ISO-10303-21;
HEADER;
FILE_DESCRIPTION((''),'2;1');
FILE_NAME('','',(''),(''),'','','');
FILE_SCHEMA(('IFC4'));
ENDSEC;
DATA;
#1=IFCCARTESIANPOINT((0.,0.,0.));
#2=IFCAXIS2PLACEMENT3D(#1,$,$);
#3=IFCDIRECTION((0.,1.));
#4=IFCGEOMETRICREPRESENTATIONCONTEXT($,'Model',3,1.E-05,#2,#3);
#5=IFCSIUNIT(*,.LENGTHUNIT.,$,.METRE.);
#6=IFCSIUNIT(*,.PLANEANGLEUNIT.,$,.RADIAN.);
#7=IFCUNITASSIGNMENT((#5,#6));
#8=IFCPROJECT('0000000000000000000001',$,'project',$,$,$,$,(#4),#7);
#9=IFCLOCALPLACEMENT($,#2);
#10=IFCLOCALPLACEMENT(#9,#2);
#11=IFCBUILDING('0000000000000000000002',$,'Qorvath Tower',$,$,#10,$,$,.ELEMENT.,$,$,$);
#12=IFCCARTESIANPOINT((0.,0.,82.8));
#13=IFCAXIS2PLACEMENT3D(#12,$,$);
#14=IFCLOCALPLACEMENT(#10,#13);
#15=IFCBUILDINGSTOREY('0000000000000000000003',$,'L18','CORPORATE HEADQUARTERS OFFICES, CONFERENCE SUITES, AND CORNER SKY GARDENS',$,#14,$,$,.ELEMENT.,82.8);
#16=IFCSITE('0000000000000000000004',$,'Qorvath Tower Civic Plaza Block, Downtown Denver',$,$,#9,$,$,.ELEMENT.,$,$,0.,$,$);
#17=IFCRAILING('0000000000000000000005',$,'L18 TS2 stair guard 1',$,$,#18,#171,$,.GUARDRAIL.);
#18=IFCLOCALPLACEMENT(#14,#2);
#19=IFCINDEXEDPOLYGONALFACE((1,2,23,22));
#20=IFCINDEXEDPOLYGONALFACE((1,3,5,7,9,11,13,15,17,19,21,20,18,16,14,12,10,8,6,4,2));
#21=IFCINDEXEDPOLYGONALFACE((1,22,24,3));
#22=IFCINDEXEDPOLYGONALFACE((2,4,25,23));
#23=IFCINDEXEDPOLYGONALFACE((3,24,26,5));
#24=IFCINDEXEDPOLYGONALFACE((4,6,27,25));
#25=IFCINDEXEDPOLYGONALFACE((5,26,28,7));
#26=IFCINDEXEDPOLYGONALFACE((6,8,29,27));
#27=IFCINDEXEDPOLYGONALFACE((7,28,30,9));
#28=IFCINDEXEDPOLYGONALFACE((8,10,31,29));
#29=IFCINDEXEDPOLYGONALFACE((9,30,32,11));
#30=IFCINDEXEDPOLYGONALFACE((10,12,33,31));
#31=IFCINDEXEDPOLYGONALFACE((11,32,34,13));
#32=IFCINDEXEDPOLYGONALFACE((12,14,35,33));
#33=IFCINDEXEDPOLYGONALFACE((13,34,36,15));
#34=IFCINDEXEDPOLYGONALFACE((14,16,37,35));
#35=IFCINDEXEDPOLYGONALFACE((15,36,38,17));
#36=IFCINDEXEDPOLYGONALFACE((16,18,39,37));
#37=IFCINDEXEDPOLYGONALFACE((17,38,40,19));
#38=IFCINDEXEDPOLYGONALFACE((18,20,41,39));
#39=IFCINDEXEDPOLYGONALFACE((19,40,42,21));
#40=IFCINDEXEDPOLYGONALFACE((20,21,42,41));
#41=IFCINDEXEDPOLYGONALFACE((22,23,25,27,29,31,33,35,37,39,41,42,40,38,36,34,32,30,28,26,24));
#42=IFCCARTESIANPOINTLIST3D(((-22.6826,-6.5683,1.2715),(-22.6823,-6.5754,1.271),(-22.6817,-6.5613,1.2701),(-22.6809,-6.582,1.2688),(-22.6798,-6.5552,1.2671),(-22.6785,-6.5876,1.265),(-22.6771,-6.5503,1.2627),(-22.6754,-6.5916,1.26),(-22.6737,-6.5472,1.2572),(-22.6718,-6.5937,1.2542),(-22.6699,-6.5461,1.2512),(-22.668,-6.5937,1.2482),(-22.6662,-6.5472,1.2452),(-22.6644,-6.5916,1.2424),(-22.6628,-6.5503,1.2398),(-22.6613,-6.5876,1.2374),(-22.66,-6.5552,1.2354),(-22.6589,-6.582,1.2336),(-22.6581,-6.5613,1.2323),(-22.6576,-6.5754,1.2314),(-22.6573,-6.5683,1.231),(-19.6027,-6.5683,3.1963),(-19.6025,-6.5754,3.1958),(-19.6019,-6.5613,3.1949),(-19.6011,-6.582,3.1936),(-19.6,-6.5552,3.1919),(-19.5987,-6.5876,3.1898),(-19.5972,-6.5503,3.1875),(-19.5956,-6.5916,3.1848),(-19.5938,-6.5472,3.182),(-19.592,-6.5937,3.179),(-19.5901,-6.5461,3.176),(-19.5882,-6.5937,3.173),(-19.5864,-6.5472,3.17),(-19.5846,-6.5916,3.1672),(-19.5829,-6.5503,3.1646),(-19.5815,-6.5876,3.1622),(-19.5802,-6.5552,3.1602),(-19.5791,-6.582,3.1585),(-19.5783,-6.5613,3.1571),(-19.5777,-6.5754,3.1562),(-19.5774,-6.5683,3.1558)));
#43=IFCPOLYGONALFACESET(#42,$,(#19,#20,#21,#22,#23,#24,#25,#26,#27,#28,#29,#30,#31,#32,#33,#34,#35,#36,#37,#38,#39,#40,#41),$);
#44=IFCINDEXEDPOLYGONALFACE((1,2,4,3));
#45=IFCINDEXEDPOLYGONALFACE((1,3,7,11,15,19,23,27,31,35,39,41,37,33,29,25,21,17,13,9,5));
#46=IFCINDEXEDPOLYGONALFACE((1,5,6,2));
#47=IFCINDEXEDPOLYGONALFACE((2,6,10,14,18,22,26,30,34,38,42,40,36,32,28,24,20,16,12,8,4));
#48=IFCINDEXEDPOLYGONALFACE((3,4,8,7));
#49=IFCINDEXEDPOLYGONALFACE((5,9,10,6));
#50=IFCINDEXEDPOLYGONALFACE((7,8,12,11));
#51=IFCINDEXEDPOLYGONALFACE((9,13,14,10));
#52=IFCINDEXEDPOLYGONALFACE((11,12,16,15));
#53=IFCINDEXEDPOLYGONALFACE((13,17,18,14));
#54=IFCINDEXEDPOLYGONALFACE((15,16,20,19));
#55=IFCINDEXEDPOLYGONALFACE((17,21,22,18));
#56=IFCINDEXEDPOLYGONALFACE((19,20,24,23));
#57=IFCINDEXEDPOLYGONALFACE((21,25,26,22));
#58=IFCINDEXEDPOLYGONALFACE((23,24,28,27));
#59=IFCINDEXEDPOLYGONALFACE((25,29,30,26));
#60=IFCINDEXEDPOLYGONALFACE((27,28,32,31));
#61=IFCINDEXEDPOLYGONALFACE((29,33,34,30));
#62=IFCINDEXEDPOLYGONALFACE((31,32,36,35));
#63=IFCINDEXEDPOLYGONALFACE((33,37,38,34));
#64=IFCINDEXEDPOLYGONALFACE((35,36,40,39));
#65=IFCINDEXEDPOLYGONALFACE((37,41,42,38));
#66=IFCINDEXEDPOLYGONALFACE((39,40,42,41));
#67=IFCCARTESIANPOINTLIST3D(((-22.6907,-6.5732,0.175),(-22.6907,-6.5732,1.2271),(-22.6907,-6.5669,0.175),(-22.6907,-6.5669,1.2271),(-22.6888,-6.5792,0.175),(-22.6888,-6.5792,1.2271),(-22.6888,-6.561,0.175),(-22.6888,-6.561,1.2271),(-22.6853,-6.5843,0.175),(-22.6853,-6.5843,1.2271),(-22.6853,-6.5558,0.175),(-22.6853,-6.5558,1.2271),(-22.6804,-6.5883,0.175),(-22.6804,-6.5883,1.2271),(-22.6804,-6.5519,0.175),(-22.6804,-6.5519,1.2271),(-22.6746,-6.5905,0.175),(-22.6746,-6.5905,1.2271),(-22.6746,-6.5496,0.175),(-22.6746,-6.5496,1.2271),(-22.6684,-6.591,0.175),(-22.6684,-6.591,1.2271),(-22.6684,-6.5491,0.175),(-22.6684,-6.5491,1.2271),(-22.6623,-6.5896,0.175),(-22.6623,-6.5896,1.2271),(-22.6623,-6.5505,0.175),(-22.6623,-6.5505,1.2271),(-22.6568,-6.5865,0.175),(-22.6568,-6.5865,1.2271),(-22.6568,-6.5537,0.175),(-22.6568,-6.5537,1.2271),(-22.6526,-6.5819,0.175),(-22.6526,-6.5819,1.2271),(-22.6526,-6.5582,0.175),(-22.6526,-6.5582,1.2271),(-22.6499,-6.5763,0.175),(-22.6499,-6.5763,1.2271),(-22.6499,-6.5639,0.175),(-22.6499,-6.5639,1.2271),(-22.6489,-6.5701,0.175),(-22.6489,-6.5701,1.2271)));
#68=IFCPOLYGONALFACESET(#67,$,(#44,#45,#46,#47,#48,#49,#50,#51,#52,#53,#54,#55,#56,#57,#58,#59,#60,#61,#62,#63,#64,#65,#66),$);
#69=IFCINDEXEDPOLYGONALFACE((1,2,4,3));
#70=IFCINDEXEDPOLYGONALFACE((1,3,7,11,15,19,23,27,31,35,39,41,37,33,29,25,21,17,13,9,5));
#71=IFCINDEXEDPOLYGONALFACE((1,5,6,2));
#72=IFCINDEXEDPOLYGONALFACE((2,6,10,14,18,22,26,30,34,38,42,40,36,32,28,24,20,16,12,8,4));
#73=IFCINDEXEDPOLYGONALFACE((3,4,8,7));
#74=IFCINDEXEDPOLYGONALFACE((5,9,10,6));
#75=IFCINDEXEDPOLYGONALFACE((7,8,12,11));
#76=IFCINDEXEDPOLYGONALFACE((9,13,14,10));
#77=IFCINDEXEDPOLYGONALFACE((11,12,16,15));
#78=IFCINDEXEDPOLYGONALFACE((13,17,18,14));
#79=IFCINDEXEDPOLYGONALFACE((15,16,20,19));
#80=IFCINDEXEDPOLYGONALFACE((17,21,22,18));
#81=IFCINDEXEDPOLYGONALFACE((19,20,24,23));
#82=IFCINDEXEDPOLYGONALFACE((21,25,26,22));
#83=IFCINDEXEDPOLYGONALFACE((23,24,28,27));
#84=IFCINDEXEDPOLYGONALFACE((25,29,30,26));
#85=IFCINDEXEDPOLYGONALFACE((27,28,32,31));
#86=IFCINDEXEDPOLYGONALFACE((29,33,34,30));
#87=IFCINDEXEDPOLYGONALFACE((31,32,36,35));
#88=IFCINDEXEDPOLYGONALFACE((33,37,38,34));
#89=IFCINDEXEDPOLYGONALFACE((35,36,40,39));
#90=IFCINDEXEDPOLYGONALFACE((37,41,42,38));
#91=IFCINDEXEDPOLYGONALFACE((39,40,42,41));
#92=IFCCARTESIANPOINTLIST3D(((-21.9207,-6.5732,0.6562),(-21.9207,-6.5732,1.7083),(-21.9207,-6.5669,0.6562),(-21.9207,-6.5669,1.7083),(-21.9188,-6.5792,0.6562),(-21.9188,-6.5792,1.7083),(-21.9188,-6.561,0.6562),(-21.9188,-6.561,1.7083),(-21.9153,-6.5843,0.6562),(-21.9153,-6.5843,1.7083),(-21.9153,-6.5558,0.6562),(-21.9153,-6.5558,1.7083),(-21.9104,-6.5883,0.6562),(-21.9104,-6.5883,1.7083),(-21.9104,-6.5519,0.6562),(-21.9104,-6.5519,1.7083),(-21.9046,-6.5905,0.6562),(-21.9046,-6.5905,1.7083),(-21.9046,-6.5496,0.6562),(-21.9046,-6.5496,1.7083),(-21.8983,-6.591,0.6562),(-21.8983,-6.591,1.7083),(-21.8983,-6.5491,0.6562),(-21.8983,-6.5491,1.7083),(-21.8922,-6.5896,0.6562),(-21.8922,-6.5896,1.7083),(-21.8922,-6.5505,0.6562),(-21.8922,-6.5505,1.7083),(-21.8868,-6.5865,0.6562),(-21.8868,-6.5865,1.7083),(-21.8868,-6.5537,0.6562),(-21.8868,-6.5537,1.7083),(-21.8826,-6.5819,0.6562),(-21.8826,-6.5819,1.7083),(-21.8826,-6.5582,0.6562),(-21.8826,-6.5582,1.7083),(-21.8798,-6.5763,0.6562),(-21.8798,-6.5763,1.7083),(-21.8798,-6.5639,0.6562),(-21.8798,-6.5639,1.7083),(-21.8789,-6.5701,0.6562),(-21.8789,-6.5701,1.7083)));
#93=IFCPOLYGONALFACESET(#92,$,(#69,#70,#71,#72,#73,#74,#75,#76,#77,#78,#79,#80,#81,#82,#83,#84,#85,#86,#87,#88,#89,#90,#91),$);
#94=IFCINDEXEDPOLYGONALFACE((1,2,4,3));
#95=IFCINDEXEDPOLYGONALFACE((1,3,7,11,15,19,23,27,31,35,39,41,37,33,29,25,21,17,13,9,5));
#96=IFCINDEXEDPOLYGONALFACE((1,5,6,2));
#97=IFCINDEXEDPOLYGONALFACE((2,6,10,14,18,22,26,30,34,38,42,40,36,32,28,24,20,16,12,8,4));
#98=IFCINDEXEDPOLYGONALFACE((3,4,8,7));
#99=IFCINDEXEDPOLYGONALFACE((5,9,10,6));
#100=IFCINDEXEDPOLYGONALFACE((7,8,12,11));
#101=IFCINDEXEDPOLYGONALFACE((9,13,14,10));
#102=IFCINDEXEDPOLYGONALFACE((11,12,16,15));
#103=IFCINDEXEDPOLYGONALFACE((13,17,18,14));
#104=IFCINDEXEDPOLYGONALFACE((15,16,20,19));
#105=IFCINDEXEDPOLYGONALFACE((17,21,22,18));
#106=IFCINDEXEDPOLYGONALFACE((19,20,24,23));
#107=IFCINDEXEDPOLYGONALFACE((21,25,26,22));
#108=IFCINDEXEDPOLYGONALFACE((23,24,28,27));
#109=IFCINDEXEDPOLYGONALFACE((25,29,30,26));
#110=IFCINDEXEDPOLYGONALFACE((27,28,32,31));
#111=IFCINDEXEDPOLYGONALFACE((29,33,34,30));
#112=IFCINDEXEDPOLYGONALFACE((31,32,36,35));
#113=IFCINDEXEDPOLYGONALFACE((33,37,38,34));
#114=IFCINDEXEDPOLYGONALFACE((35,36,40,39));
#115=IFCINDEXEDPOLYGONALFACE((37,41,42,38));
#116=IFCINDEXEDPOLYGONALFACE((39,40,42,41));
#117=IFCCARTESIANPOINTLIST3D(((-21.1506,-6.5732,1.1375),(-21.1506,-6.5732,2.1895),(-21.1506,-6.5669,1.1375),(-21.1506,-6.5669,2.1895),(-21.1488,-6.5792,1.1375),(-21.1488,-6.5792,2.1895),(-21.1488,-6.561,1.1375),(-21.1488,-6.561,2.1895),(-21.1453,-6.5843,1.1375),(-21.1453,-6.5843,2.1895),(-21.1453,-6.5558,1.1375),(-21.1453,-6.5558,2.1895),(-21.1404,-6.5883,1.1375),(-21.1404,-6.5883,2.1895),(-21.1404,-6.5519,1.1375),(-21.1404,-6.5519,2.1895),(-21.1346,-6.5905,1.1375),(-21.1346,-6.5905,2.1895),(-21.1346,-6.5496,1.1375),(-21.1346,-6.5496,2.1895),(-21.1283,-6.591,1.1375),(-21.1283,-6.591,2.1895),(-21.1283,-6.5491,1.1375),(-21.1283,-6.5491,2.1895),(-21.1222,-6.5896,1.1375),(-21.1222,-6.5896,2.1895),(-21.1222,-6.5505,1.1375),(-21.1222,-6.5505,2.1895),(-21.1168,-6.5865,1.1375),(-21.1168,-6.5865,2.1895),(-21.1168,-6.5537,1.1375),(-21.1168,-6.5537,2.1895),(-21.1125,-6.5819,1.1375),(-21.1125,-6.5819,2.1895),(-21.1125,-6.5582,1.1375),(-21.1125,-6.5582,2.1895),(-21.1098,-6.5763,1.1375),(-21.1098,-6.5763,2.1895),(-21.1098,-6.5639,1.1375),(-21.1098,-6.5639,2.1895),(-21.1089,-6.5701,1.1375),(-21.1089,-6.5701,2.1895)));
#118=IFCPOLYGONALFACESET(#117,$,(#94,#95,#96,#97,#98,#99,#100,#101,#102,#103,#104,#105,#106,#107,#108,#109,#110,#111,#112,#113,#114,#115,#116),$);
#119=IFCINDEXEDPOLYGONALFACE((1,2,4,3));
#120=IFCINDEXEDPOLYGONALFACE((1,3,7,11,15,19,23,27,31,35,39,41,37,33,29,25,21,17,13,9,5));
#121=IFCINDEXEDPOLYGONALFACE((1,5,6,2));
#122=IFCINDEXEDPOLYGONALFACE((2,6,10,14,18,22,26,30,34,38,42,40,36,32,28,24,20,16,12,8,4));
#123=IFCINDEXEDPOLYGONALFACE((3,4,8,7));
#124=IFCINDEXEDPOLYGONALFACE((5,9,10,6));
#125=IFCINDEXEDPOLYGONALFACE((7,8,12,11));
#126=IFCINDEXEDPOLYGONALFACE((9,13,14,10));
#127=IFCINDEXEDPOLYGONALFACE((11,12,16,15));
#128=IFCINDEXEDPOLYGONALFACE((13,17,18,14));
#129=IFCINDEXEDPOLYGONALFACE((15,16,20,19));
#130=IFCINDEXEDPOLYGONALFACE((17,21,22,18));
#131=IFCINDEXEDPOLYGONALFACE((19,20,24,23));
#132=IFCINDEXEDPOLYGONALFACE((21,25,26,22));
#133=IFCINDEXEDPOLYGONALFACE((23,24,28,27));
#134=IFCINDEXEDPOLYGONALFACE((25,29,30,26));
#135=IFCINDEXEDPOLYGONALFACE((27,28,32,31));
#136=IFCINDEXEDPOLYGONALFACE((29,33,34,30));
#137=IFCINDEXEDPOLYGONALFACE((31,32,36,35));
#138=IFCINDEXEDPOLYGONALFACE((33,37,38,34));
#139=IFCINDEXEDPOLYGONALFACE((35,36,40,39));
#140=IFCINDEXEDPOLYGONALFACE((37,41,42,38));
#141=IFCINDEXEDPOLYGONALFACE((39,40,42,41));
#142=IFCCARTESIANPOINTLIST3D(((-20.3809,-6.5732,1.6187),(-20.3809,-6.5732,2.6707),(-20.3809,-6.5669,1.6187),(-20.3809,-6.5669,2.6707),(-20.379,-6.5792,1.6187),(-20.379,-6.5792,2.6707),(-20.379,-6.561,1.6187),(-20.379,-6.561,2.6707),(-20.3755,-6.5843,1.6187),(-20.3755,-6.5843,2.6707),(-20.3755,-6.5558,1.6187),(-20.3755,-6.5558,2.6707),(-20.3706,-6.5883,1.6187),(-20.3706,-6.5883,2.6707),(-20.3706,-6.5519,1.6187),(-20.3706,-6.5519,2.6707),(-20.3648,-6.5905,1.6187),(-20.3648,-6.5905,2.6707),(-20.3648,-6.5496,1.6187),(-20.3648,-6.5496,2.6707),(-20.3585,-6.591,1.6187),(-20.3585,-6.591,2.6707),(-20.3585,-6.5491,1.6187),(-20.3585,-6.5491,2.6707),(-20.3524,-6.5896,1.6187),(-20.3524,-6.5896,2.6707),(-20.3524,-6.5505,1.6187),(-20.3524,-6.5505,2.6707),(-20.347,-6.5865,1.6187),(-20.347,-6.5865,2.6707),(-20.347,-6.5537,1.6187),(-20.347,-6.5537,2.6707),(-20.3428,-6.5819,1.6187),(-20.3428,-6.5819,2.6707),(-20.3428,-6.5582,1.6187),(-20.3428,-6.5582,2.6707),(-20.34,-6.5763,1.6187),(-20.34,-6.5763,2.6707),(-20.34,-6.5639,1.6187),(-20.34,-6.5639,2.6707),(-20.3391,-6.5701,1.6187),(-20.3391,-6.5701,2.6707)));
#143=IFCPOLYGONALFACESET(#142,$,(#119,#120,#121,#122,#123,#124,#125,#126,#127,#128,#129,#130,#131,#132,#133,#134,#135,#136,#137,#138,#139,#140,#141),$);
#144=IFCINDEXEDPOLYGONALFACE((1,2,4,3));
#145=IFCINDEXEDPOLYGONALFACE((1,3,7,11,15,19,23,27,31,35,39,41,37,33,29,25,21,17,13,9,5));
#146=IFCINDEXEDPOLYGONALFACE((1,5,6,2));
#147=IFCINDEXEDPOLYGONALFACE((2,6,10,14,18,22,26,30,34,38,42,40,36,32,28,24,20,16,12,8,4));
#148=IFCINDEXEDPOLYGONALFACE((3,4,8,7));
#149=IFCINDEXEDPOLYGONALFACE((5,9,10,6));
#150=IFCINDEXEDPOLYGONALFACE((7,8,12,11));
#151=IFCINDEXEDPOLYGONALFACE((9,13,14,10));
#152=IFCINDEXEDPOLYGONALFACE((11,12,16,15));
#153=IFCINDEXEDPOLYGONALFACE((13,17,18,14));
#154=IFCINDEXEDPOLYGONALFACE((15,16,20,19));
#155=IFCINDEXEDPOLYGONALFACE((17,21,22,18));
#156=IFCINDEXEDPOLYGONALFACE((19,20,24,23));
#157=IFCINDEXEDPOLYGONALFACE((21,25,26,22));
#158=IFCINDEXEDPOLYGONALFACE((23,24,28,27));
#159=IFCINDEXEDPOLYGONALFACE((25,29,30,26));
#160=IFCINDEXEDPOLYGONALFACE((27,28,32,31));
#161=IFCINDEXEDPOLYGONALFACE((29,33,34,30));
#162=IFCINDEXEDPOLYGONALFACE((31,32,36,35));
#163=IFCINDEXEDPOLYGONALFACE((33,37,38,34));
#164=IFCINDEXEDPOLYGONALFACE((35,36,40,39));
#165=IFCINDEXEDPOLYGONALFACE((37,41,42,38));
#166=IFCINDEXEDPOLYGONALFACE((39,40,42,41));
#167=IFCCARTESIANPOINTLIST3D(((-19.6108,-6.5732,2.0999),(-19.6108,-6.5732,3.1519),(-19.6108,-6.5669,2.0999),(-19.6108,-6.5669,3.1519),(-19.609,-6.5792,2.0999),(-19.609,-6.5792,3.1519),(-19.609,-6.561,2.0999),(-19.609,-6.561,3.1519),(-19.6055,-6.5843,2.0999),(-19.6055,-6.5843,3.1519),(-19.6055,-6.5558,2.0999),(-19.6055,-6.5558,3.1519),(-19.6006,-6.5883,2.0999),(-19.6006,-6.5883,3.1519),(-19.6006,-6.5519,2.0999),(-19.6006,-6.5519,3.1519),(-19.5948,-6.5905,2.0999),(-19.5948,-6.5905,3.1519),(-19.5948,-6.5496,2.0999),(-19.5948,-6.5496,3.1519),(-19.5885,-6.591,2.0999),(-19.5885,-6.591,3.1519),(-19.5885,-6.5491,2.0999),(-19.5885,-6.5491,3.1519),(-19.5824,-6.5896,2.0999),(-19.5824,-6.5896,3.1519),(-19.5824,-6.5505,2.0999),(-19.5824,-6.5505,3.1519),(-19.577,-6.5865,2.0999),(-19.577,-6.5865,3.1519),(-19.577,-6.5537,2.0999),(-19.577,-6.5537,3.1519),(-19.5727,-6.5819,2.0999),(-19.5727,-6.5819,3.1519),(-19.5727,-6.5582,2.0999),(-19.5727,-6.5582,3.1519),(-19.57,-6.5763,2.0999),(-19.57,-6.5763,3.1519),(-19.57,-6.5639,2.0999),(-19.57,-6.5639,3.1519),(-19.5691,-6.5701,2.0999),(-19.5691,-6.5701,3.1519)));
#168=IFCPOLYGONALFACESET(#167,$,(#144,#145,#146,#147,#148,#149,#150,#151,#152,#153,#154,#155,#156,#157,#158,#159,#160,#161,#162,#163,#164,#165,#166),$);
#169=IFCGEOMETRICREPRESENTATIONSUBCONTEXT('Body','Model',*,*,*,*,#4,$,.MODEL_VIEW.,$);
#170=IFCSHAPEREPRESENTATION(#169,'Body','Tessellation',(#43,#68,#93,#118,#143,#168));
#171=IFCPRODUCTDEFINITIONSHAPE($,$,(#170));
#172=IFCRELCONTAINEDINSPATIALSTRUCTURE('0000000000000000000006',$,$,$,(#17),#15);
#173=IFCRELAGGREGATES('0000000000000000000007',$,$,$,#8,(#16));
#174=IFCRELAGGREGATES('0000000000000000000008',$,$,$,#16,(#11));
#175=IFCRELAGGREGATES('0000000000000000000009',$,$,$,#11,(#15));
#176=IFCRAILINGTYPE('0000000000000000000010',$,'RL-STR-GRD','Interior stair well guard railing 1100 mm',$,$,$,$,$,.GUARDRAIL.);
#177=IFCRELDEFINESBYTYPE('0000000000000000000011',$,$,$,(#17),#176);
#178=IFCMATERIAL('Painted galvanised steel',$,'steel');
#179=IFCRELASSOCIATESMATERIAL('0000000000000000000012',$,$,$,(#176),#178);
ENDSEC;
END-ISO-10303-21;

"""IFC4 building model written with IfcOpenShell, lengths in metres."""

from ifc_helpers import new_model, si_unit, direction, frame, origin, origin_2d, place, context, subcontext, project, spatial, circle, extrude, material, type_object, element, save


model = new_model("IFC4")

# Units and contexts
model_context = context("Model", 3, precision=1e-05, world=origin(), true_north=direction((0.0, 1.0)))
body_context = subcontext(model_context, "Body", "Model", "MODEL_VIEW")
ifc_project = project(units=[si_unit("LENGTHUNIT", "METRE"), si_unit("PLANEANGLEUNIT", "RADIAN")], contexts=[model_context])

# Site, building, storey
site_placement = place(None, origin())
site = spatial("IfcSite", under=ifc_project, at=site_placement, Name="Qorvath Tower Civic Plaza Block, Downtown Denver", CompositionType="ELEMENT", RefElevation=0.0)
building_placement = place(site_placement, origin())
building = spatial("IfcBuilding", under=site, at=building_placement, Name="Qorvath Tower", CompositionType="ELEMENT")
storey_placement = place(building_placement, frame((0.0, 0.0, 82.8)))
storey = spatial("IfcBuildingStorey", under=building, at=storey_placement, Name="L18", Description="CORPORATE HEADQUARTERS OFFICES, CONFERENCE SUITES, AND CORNER SKY GARDENS", CompositionType="ELEMENT", Elevation=82.8)

# Railing
ifc_material_1 = material(Name="Painted galvanised steel", Category="steel")
railing_type_1 = type_object("IfcRailingType", Name="RL-STR-GRD", Description="Interior stair well guard railing 1100 mm", PredefinedType="GUARDRAIL", material=ifc_material_1)
railing_1_placement = place(storey_placement, frame((-22.6699, -6.5701, 0.175)))
element("IfcRailing", 1, at=railing_1_placement, inside=storey, type_object=railing_type_1, Name="L18 TS2 stair guard 1", PredefinedType="GUARDRAIL", context=body_context, shape_type="SweptSolid", body=[
    extrude(circle(Radius=0.0239, at=origin_2d()), frame((0.0, 0.0, 1.0762), z_axis=(0.84801, 0.0, 0.529981), x_axis=(0.0, 1.0, 0.0)), (0.0, 0.0, 1.0), 3.6318),
    extrude(circle(Radius=0.021, at=origin_2d()), origin(), (0.0, 0.0, 1.0), 1.052),
    extrude(circle(Radius=0.021, at=origin_2d()), frame((0.77, 0.0, 0.4812)), (0.0, 0.0, 1.0), 1.052),
    extrude(circle(Radius=0.021, at=origin_2d()), frame((1.54, 0.0, 0.9624)), (0.0, 0.0, 1.0), 1.052),
    extrude(circle(Radius=0.021, at=origin_2d()), frame((2.3098, 0.0, 1.4436)), (0.0, 0.0, 1.0), 1.052),
    extrude(circle(Radius=0.021, at=origin_2d()), frame((3.0798, 0.0, 1.9248)), (0.0, 0.0, 1.0), 1.052),
])

save(model, "model.ifc")
